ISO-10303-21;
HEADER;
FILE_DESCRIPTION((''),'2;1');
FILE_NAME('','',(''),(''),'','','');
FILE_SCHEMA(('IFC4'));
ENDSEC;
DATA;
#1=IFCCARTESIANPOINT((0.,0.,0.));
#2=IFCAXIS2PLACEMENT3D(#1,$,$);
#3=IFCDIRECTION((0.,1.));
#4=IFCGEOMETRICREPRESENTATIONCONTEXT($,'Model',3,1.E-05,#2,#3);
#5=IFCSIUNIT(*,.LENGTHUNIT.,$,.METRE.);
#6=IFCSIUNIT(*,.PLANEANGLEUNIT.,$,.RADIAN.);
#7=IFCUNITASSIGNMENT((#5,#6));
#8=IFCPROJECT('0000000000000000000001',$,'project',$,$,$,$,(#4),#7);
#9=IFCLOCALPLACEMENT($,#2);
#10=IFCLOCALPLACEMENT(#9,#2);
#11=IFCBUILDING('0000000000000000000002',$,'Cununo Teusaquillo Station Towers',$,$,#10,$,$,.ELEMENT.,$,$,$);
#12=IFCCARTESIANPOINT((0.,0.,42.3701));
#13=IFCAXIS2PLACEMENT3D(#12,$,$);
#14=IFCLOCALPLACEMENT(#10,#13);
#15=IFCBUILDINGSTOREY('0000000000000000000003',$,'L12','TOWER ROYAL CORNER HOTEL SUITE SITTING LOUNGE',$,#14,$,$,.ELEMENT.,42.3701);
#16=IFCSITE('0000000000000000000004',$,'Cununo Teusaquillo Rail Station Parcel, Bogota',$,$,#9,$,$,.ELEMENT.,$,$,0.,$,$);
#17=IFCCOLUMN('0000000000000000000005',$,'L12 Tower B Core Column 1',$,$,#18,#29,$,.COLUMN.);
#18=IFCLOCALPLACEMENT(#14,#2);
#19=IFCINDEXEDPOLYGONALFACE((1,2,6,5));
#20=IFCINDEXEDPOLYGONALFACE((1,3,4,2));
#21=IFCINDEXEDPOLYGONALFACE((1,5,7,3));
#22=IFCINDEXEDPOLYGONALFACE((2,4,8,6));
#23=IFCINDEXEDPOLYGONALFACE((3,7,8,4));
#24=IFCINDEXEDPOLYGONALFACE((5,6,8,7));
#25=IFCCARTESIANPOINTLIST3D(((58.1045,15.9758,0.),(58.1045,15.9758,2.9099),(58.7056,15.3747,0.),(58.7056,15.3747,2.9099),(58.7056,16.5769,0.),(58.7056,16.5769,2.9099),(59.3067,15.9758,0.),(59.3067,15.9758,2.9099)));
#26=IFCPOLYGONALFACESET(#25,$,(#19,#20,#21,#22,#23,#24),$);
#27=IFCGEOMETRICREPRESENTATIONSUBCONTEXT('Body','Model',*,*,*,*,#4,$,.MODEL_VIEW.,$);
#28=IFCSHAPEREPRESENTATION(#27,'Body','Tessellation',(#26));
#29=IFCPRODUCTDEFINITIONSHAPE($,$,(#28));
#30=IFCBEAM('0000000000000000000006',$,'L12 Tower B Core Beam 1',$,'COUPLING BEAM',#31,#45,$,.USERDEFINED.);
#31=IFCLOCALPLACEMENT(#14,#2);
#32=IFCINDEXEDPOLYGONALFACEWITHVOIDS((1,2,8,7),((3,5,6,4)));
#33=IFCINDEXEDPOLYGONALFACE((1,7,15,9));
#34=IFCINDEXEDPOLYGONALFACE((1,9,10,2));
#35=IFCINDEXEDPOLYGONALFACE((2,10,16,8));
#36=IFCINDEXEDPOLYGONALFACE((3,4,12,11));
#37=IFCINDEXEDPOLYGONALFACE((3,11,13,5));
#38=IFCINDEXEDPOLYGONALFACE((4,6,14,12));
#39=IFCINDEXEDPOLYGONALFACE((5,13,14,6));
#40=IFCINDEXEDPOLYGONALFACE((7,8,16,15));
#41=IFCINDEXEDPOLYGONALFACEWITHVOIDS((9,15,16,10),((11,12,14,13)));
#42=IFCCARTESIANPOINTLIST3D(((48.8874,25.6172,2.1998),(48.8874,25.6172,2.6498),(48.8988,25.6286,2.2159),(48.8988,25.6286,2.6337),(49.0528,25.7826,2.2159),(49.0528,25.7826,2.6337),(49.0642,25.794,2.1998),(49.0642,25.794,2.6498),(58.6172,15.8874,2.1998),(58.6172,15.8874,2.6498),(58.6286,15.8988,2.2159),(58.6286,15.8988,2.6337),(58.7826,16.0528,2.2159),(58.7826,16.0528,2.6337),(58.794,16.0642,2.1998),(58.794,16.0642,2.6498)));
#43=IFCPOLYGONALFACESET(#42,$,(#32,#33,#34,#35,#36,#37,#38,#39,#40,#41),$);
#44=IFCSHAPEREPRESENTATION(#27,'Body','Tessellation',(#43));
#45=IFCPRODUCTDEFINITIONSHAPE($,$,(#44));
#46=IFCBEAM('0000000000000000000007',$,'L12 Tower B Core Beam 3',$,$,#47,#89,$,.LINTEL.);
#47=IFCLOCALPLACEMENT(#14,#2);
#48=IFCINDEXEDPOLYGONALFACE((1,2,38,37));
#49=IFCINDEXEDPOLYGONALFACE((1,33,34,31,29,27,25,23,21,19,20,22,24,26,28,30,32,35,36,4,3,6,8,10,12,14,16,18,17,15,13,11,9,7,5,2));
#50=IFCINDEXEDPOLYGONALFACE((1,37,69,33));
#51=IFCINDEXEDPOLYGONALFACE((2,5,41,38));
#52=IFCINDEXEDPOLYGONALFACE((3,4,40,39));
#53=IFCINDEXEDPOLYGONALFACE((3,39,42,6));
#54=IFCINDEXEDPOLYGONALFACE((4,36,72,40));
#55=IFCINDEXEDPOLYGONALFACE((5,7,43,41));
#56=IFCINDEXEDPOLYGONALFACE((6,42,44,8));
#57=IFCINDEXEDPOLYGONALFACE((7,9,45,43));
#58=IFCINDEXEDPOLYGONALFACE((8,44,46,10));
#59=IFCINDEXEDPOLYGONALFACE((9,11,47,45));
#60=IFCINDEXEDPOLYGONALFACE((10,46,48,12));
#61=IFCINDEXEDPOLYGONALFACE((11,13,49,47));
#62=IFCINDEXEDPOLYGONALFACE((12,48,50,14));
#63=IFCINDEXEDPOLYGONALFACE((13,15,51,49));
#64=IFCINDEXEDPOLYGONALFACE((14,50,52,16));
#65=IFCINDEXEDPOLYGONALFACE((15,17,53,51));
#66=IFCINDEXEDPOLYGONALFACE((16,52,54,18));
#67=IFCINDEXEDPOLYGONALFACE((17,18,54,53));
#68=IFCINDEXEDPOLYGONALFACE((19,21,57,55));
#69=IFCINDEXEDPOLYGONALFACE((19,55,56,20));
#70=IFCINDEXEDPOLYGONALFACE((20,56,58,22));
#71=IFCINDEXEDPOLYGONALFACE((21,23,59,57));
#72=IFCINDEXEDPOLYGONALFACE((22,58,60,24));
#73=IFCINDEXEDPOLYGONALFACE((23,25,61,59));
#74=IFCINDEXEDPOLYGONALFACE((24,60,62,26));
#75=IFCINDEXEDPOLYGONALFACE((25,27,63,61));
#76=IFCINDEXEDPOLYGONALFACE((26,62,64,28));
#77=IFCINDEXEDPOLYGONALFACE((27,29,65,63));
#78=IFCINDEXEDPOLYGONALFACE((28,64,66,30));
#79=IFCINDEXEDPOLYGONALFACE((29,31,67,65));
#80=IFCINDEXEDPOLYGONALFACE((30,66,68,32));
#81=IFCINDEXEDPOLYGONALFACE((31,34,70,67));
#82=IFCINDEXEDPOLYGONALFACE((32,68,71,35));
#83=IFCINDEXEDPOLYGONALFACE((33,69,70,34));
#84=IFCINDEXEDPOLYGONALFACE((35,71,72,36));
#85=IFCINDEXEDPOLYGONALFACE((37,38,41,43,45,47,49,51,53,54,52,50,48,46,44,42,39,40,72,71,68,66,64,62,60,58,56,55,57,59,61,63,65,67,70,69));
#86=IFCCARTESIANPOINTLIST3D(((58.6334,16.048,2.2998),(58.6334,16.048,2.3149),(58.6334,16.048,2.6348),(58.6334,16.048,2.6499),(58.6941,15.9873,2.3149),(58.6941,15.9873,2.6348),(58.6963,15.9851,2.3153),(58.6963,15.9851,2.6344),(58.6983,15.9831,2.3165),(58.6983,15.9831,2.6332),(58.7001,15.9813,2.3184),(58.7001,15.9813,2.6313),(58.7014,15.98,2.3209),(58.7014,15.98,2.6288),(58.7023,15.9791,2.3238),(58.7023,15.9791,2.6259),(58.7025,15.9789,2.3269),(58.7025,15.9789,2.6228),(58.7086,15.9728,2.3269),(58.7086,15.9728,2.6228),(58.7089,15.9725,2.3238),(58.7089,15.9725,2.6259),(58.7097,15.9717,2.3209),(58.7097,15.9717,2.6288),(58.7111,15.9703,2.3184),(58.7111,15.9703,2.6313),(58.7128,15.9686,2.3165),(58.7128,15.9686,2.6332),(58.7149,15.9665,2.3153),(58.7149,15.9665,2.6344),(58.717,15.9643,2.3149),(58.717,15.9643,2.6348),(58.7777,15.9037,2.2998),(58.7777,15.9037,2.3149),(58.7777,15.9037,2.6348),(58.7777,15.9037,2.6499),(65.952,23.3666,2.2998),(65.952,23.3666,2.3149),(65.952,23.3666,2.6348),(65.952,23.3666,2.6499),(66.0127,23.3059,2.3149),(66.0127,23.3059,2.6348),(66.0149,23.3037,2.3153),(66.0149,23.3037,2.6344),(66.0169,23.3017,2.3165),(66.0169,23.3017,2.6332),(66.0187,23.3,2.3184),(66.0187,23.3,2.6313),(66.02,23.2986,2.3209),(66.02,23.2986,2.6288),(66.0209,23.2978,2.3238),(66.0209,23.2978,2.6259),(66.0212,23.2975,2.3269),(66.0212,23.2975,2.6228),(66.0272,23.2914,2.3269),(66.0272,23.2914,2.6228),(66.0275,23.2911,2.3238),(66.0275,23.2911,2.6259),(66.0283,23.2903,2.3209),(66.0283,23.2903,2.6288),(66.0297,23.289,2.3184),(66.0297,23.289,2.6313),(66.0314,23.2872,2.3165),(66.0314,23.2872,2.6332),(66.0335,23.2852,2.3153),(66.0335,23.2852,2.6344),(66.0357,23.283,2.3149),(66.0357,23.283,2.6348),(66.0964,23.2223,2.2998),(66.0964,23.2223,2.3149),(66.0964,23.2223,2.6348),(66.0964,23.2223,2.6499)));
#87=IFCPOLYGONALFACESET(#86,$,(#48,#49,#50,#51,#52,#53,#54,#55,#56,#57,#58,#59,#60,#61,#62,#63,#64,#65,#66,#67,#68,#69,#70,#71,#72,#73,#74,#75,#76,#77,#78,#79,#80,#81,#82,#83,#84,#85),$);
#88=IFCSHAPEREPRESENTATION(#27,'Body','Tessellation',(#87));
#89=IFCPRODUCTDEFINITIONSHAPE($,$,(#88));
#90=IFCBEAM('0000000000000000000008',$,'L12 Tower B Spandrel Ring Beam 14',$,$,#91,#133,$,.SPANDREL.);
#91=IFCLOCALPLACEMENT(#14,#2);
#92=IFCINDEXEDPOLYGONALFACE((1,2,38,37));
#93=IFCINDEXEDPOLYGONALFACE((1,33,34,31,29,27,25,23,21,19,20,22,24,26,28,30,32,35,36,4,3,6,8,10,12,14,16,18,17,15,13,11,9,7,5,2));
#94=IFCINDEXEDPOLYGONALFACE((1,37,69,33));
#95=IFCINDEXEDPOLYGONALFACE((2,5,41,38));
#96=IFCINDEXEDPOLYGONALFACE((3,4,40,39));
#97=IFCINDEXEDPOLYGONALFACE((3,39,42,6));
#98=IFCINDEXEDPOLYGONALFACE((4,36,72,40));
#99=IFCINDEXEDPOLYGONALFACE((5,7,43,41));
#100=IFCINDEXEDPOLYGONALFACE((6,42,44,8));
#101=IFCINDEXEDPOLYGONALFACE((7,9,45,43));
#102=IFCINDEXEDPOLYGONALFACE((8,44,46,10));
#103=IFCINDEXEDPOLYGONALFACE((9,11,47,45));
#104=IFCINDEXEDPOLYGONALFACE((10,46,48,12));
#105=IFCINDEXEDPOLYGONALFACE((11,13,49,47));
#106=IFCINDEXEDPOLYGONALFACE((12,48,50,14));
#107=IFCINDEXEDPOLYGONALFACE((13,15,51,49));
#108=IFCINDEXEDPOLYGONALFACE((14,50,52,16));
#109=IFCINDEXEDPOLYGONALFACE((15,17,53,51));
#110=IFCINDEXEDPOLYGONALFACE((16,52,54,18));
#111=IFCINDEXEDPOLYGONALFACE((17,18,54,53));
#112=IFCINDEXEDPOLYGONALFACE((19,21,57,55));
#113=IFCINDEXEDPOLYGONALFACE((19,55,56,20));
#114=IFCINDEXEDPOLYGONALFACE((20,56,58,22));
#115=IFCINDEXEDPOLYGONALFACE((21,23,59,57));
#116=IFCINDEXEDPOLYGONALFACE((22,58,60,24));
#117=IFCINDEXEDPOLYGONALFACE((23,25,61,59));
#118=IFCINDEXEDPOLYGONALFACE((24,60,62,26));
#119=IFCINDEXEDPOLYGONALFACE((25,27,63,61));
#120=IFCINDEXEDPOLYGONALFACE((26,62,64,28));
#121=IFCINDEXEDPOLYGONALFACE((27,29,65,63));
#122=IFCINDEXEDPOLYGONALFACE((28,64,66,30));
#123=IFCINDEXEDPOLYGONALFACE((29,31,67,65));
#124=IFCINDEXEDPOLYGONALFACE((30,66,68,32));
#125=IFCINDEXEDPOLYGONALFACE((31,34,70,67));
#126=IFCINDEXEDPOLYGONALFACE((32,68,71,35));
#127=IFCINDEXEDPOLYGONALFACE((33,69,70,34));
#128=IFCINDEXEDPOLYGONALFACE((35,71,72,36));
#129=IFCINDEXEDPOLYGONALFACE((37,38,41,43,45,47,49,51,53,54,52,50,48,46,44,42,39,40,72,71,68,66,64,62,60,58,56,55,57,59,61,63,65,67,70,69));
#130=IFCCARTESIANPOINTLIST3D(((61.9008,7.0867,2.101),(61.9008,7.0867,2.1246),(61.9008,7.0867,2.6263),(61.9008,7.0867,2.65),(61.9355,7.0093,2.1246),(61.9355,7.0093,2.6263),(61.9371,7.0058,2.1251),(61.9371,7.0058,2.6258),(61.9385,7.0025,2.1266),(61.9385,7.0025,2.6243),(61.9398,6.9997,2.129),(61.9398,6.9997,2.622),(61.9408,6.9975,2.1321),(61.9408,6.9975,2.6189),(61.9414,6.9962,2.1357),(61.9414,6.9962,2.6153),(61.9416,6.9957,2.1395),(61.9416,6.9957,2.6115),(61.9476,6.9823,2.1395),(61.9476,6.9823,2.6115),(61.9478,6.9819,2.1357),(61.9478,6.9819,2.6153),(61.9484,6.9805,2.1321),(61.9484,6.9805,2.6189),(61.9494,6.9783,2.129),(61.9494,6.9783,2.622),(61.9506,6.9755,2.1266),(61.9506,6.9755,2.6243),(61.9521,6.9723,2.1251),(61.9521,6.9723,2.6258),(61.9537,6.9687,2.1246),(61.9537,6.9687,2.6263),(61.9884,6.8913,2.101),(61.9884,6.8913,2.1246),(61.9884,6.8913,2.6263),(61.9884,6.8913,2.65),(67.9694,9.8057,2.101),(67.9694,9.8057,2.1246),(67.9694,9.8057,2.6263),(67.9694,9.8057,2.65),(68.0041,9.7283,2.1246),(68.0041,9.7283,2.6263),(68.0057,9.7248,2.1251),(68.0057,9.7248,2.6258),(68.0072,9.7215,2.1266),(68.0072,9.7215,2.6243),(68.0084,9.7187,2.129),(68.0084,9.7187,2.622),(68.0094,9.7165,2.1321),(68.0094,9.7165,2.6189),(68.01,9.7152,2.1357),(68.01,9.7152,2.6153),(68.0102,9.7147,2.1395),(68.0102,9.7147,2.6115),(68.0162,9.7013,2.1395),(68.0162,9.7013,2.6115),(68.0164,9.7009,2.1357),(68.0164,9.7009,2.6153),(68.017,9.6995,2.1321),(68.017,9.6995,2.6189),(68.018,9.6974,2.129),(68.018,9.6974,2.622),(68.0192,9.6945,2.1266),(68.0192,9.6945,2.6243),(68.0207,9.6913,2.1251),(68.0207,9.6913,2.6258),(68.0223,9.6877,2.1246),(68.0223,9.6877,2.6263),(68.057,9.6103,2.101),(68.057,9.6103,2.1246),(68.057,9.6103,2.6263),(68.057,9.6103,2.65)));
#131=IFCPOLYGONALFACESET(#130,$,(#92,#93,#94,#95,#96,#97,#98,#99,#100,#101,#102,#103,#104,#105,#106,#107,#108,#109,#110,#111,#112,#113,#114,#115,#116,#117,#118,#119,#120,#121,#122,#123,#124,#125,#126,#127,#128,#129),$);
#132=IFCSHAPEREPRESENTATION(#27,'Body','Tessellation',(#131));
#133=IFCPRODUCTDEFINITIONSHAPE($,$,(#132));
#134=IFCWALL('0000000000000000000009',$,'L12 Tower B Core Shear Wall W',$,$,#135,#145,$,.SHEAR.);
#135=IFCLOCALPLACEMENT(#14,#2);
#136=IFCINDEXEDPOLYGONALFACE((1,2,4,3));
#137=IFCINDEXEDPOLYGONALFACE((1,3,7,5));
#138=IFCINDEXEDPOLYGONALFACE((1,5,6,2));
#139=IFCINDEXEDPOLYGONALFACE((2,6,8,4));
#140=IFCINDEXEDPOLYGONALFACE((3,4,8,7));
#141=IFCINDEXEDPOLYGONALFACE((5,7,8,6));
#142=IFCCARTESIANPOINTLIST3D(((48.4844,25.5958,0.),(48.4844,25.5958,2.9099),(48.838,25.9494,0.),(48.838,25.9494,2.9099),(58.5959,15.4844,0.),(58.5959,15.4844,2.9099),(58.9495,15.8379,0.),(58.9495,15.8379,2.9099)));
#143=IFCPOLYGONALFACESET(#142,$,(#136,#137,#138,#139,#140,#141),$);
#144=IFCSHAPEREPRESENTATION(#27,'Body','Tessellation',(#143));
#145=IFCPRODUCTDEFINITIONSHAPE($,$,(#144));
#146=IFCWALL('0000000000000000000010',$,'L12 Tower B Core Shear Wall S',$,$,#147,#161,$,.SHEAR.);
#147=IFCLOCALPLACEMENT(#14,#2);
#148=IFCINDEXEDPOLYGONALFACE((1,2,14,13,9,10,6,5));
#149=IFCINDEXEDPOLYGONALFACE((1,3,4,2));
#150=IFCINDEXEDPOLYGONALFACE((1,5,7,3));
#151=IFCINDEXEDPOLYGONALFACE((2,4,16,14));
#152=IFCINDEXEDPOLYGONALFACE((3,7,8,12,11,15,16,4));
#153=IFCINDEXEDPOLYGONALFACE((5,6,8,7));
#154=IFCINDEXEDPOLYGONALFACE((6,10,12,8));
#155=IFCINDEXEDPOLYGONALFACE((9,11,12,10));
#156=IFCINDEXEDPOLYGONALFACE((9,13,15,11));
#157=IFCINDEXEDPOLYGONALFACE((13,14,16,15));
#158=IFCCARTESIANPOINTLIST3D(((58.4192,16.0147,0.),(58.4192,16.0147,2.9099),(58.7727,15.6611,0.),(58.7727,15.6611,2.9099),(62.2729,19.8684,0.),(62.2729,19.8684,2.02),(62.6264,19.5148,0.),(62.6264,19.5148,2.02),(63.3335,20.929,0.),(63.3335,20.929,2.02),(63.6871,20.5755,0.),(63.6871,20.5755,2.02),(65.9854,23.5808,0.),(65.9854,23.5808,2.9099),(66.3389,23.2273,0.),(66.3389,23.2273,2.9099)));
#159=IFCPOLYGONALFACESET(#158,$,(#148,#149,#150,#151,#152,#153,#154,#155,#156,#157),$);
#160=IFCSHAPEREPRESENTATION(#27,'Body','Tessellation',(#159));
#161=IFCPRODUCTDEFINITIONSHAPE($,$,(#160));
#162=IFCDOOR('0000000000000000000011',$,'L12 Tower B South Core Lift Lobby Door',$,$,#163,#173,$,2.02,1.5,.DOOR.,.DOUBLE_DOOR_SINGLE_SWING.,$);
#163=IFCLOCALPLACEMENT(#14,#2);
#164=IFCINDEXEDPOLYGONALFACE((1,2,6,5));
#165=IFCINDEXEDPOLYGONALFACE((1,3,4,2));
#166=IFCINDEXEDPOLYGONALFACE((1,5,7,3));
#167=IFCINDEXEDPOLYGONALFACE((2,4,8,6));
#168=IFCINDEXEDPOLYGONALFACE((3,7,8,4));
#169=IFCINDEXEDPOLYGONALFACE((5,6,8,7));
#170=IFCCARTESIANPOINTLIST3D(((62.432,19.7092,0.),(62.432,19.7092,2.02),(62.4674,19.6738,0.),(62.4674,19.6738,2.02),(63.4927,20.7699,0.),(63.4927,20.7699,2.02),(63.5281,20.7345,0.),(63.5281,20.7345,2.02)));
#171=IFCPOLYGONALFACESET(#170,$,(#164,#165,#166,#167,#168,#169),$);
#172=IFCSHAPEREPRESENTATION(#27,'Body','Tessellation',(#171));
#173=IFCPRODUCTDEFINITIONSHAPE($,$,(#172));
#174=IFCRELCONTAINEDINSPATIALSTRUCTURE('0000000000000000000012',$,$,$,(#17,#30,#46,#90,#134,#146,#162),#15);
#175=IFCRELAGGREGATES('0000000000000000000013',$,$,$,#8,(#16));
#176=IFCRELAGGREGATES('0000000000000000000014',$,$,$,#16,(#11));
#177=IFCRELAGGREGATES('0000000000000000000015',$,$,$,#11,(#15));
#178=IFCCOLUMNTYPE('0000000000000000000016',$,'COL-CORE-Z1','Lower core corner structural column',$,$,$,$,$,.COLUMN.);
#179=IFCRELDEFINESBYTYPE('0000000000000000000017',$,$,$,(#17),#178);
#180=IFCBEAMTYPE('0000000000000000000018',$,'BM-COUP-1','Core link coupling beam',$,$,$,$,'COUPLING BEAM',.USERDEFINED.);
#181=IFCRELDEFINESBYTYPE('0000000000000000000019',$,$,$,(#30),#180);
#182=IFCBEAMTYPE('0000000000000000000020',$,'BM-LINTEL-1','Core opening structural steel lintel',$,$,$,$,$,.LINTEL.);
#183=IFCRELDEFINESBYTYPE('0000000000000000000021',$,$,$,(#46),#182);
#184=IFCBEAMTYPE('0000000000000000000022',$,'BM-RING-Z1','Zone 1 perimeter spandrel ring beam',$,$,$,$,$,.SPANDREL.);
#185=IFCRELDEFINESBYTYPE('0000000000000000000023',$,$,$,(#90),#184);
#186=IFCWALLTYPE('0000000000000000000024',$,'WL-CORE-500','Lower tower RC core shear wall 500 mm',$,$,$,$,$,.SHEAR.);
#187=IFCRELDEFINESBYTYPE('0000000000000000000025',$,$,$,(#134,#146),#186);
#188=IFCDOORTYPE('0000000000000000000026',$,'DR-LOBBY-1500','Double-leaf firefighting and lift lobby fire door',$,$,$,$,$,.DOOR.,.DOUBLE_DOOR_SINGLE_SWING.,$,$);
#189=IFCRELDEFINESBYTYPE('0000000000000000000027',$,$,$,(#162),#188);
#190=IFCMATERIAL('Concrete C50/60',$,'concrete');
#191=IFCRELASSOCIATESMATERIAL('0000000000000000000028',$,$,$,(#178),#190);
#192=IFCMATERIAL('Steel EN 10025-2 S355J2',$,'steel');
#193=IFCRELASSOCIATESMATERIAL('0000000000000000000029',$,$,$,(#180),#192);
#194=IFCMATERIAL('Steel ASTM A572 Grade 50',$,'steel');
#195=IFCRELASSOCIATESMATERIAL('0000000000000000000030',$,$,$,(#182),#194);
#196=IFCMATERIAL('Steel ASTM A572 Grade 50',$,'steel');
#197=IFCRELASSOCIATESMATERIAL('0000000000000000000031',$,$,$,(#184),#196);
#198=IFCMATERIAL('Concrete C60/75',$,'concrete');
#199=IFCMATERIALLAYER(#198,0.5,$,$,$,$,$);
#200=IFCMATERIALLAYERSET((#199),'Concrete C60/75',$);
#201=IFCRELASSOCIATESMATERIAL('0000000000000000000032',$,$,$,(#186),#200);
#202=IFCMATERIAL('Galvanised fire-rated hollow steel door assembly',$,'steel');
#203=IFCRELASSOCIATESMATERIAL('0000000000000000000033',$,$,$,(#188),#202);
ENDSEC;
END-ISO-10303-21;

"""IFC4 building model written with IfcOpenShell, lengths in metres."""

from ifc_helpers import new_model, si_unit, direction, frame, frame_2d, origin, origin_2d, place, context, subcontext, project, spatial, rectangle, hollow_rectangle, i_section, extrude, source, transform, mapped, material, layer, layer_set, material_profile, profile_set, type_object, element, fill, save


model = new_model("IFC4")

# Units and contexts
model_context = context("Model", 3, precision=1e-05, world=origin(), true_north=direction((0.0, 1.0)))
body_context = subcontext(model_context, "Body", "Model", "MODEL_VIEW")
ifc_project = project(units=[si_unit("LENGTHUNIT", "METRE"), si_unit("PLANEANGLEUNIT", "RADIAN")], contexts=[model_context])

# Site, building, storey
site_placement = place(None, origin())
site = spatial("IfcSite", under=ifc_project, at=site_placement, Name="Cununo Teusaquillo Rail Station Parcel, Bogota", CompositionType="ELEMENT", RefElevation=0.0)
building_placement = place(site_placement, origin())
building = spatial("IfcBuilding", under=site, at=building_placement, Name="Cununo Teusaquillo Station Towers", CompositionType="ELEMENT")
storey_placement = place(building_placement, frame((0.0, 0.0, 42.3701)))
storey = spatial("IfcBuildingStorey", under=building, at=storey_placement, Name="L12", Description="TOWER ROYAL CORNER HOTEL SUITE SITTING LOUNGE", CompositionType="ELEMENT", Elevation=42.3701)

# Column
ifc_material_1 = material(Name="Concrete C50/60", Category="concrete")
ifc_material_profile_1 = material_profile(ifc_material_1, rectangle(XDim=0.8501, YDim=0.8501, at=origin_2d()), Name="RC-RECT-850x850")
ifc_profile_set_1 = profile_set([ifc_material_profile_1], Name="Concrete C50/60")
column_type = type_object("IfcColumnType", Name="COL-CORE-Z1", Description="Lower core corner structural column", PredefinedType="COLUMN", material=ifc_profile_set_1)
column_placement = place(storey_placement, frame((58.7056, 15.9758, 0.0), z_axis=(0.0, 0.0, 1.0), x_axis=(0.707107, 0.707107, 0.0)))
element("IfcColumn", 1, at=column_placement, inside=storey, type_object=column_type, Name="L12 Tower B Core Column 1", PredefinedType="COLUMN", context=body_context, shape_type="SweptSolid", body=[
    extrude(rectangle(XDim=0.8501, YDim=0.8501, at=origin_2d()), origin(), (0.0, 0.0, 1.0), 2.9099),
])

# Beams
ifc_material_2 = material(Name="Steel EN 10025-2 S355J2", Category="steel")
ifc_material_profile_2 = material_profile(ifc_material_2, hollow_rectangle(XDim=0.25, YDim=0.45, WallThickness=0.0161, at=origin_2d()), Name="RHS 450x250x16")
ifc_profile_set_2 = profile_set([ifc_material_profile_2], Name="Steel EN 10025-2 S355J2")
beam_type_1 = type_object("IfcBeamType", Name="BM-COUP-1", Description="Core link coupling beam", ElementType="COUPLING BEAM", PredefinedType="USERDEFINED", material=ifc_profile_set_2)
beam_1_placement = place(storey_placement, frame((58.7056, 15.9758, 2.4248), z_axis=(-0.707107, 0.707107, 0.0), x_axis=(-0.707107, -0.707107, 0.0)))
element("IfcBeam", 2, at=beam_1_placement, inside=storey, type_object=beam_type_1, Name="L12 Tower B Core Beam 1", ObjectType="COUPLING BEAM", PredefinedType="USERDEFINED", context=body_context, shape_type="SweptSolid", body=[
    extrude(hollow_rectangle(XDim=0.25, YDim=0.45, WallThickness=0.0161, at=origin_2d()), origin(), (0.0, 0.0, 1.0), 13.76),
])
ifc_material_3 = material(Name="Steel ASTM A572 Grade 50", Category="steel")
ifc_material_profile_3 = material_profile(ifc_material_3, i_section(OverallWidth=0.2041, OverallDepth=0.3501, WebThickness=0.0085, FlangeThickness=0.0151, FilletRadius=0.012, at=origin_2d()), Name="W14X48")
ifc_profile_set_3 = profile_set([ifc_material_profile_3], Name="Steel ASTM A572 Grade 50")
beam_type_2 = type_object("IfcBeamType", Name="BM-LINTEL-1", Description="Core opening structural steel lintel", PredefinedType="LINTEL", material=ifc_profile_set_3)
beam_2_placement = place(storey_placement, frame((58.7056, 15.9758, 2.4749), z_axis=(0.707107, 0.707107, 0.0), x_axis=(-0.707107, 0.707107, 0.0)))
element("IfcBeam", 3, at=beam_2_placement, inside=storey, type_object=beam_type_2, Name="L12 Tower B Core Beam 3", PredefinedType="LINTEL", context=body_context, shape_type="SweptSolid", body=[
    extrude(i_section(OverallWidth=0.2041, OverallDepth=0.3501, WebThickness=0.0085, FlangeThickness=0.0151, FilletRadius=0.012, at=origin_2d()), origin(), (0.0, 0.0, 1.0), 10.3501),
])
ifc_material_4 = material(Name="Steel ASTM A572 Grade 50", Category="steel")
ifc_material_profile_4 = material_profile(ifc_material_4, i_section(OverallWidth=0.2141, OverallDepth=0.5491, WebThickness=0.0146, FlangeThickness=0.0237, FilletRadius=0.0149, at=origin_2d()), Name="W21X93")
ifc_profile_set_4 = profile_set([ifc_material_profile_4], Name="Steel ASTM A572 Grade 50")
beam_type_3 = type_object("IfcBeamType", Name="BM-RING-Z1", Description="Zone 1 perimeter spandrel ring beam", PredefinedType="SPANDREL", material=ifc_profile_set_4)
beam_3_placement = place(storey_placement, frame((61.9446, 6.989, 2.3755), z_axis=(0.912589, 0.408879, 0.0), x_axis=(-0.408879, 0.912589, 0.0)))
element("IfcBeam", 4, at=beam_3_placement, inside=storey, type_object=beam_type_3, Name="L12 Tower B Spandrel Ring Beam 14", PredefinedType="SPANDREL", context=body_context, shape_type="SweptSolid", body=[
    extrude(i_section(OverallWidth=0.2141, OverallDepth=0.5491, WebThickness=0.0146, FlangeThickness=0.0237, FilletRadius=0.0149, at=origin_2d()), origin(), (0.0, 0.0, 1.0), 6.6499),
])

# Wall
ifc_material_5 = material(Name="Concrete C60/75", Category="concrete")
ifc_layer_1 = layer(ifc_material_5, 0.5)
ifc_layer_set_1 = layer_set([ifc_layer_1], Name="Concrete C60/75")
wall_type_1 = type_object("IfcWallType", Name="WL-CORE-500", Description="Lower tower RC core shear wall 500 mm", PredefinedType="SHEAR", material=ifc_layer_set_1)
wall_1_placement = place(storey_placement, frame((58.7727, 15.6611, 0.0), z_axis=(0.0, 0.0, 1.0), x_axis=(-0.707107, 0.707107, 0.0)))
element("IfcWall", 5, at=wall_1_placement, inside=storey, type_object=wall_type_1, Name="L12 Tower B Core Shear Wall W", PredefinedType="SHEAR", context=body_context, shape_type="SweptSolid", body=[
    extrude(rectangle(XDim=14.2998, YDim=0.5, at=frame_2d((7.1499, 0.0))), origin(), (0.0, 0.0, 1.0), 2.9099),
])

# Wall, opening, door
wall_2_placement = place(storey_placement, frame((58.5959, 15.8379, 0.0), z_axis=(0.0, 0.0, 1.0), x_axis=(0.707107, 0.707107, 0.0)))
wall_2 = element("IfcWall", 6, at=wall_2_placement, inside=storey, type_object=wall_type_1, Name="L12 Tower B Core Shear Wall S", PredefinedType="SHEAR", context=body_context, shape_type="SweptSolid", body=[
    extrude(rectangle(XDim=10.7002, YDim=0.5, at=frame_2d((5.3501, 0.0))), origin(), (0.0, 0.0, 1.0), 2.9099),
])
shared_shape_1 = source(origin(), body_context, "Body", "SweptSolid", [
    extrude(rectangle(XDim=1.5, YDim=2.02, at=frame_2d((0.75, 1.01))), frame((0.0, 0.26, 0.0), z_axis=(0.0, -1.0, 0.0), x_axis=(1.0, 0.0, 0.0)), (0.0, 0.0, 1.0), 0.52),
])
opening_1_placement = place(wall_2_placement, frame((5.45, 0.0, 0.0)))
opening_1 = element("IfcOpeningElement", 7, at=opening_1_placement, cuts=wall_2, PredefinedType="OPENING", context=body_context, shape_type="MappedRepresentation", body=[
    mapped(shared_shape_1, transform((0.0, 0.0, 0.0), x_axis=(1.0, 0.0, 0.0), y_axis=(0.0, 1.0, 0.0), z_axis=(0.0, 0.0, 1.0), scale=1.0)),
])
ifc_material_6 = material(Name="Galvanised fire-rated hollow steel door assembly", Category="steel")
door_type_1 = type_object("IfcDoorType", Name="DR-LOBBY-1500", Description="Double-leaf firefighting and lift lobby fire door", OperationType="DOUBLE_DOOR_SINGLE_SWING", PredefinedType="DOOR", material=ifc_material_6)
shared_shape_2 = source(origin(), body_context, "Body", "SweptSolid", [
    extrude(rectangle(XDim=1.5, YDim=2.02, at=frame_2d((0.75, 1.01))), frame((0.0, 0.0249, 0.0), z_axis=(0.0, -1.0, 0.0), x_axis=(1.0, 0.0, 0.0)), (0.0, 0.0, 1.0), 0.05),
])
door_1_placement = place(opening_1_placement, origin())
door_1 = element("IfcDoor", 8, at=door_1_placement, inside=storey, type_object=door_type_1, Name="L12 Tower B South Core Lift Lobby Door", OperationType="DOUBLE_DOOR_SINGLE_SWING", OverallHeight=2.02, OverallWidth=1.5, PredefinedType="DOOR", context=body_context, shape_type="MappedRepresentation", body=[
    mapped(shared_shape_2, transform((0.0, 0.0, 0.0), x_axis=(1.0, 0.0, 0.0), y_axis=(0.0, 1.0, 0.0), z_axis=(0.0, 0.0, 1.0), scale=1.0)),
])
fill(opening_1, door_1)

save(model, "model.ifc")
